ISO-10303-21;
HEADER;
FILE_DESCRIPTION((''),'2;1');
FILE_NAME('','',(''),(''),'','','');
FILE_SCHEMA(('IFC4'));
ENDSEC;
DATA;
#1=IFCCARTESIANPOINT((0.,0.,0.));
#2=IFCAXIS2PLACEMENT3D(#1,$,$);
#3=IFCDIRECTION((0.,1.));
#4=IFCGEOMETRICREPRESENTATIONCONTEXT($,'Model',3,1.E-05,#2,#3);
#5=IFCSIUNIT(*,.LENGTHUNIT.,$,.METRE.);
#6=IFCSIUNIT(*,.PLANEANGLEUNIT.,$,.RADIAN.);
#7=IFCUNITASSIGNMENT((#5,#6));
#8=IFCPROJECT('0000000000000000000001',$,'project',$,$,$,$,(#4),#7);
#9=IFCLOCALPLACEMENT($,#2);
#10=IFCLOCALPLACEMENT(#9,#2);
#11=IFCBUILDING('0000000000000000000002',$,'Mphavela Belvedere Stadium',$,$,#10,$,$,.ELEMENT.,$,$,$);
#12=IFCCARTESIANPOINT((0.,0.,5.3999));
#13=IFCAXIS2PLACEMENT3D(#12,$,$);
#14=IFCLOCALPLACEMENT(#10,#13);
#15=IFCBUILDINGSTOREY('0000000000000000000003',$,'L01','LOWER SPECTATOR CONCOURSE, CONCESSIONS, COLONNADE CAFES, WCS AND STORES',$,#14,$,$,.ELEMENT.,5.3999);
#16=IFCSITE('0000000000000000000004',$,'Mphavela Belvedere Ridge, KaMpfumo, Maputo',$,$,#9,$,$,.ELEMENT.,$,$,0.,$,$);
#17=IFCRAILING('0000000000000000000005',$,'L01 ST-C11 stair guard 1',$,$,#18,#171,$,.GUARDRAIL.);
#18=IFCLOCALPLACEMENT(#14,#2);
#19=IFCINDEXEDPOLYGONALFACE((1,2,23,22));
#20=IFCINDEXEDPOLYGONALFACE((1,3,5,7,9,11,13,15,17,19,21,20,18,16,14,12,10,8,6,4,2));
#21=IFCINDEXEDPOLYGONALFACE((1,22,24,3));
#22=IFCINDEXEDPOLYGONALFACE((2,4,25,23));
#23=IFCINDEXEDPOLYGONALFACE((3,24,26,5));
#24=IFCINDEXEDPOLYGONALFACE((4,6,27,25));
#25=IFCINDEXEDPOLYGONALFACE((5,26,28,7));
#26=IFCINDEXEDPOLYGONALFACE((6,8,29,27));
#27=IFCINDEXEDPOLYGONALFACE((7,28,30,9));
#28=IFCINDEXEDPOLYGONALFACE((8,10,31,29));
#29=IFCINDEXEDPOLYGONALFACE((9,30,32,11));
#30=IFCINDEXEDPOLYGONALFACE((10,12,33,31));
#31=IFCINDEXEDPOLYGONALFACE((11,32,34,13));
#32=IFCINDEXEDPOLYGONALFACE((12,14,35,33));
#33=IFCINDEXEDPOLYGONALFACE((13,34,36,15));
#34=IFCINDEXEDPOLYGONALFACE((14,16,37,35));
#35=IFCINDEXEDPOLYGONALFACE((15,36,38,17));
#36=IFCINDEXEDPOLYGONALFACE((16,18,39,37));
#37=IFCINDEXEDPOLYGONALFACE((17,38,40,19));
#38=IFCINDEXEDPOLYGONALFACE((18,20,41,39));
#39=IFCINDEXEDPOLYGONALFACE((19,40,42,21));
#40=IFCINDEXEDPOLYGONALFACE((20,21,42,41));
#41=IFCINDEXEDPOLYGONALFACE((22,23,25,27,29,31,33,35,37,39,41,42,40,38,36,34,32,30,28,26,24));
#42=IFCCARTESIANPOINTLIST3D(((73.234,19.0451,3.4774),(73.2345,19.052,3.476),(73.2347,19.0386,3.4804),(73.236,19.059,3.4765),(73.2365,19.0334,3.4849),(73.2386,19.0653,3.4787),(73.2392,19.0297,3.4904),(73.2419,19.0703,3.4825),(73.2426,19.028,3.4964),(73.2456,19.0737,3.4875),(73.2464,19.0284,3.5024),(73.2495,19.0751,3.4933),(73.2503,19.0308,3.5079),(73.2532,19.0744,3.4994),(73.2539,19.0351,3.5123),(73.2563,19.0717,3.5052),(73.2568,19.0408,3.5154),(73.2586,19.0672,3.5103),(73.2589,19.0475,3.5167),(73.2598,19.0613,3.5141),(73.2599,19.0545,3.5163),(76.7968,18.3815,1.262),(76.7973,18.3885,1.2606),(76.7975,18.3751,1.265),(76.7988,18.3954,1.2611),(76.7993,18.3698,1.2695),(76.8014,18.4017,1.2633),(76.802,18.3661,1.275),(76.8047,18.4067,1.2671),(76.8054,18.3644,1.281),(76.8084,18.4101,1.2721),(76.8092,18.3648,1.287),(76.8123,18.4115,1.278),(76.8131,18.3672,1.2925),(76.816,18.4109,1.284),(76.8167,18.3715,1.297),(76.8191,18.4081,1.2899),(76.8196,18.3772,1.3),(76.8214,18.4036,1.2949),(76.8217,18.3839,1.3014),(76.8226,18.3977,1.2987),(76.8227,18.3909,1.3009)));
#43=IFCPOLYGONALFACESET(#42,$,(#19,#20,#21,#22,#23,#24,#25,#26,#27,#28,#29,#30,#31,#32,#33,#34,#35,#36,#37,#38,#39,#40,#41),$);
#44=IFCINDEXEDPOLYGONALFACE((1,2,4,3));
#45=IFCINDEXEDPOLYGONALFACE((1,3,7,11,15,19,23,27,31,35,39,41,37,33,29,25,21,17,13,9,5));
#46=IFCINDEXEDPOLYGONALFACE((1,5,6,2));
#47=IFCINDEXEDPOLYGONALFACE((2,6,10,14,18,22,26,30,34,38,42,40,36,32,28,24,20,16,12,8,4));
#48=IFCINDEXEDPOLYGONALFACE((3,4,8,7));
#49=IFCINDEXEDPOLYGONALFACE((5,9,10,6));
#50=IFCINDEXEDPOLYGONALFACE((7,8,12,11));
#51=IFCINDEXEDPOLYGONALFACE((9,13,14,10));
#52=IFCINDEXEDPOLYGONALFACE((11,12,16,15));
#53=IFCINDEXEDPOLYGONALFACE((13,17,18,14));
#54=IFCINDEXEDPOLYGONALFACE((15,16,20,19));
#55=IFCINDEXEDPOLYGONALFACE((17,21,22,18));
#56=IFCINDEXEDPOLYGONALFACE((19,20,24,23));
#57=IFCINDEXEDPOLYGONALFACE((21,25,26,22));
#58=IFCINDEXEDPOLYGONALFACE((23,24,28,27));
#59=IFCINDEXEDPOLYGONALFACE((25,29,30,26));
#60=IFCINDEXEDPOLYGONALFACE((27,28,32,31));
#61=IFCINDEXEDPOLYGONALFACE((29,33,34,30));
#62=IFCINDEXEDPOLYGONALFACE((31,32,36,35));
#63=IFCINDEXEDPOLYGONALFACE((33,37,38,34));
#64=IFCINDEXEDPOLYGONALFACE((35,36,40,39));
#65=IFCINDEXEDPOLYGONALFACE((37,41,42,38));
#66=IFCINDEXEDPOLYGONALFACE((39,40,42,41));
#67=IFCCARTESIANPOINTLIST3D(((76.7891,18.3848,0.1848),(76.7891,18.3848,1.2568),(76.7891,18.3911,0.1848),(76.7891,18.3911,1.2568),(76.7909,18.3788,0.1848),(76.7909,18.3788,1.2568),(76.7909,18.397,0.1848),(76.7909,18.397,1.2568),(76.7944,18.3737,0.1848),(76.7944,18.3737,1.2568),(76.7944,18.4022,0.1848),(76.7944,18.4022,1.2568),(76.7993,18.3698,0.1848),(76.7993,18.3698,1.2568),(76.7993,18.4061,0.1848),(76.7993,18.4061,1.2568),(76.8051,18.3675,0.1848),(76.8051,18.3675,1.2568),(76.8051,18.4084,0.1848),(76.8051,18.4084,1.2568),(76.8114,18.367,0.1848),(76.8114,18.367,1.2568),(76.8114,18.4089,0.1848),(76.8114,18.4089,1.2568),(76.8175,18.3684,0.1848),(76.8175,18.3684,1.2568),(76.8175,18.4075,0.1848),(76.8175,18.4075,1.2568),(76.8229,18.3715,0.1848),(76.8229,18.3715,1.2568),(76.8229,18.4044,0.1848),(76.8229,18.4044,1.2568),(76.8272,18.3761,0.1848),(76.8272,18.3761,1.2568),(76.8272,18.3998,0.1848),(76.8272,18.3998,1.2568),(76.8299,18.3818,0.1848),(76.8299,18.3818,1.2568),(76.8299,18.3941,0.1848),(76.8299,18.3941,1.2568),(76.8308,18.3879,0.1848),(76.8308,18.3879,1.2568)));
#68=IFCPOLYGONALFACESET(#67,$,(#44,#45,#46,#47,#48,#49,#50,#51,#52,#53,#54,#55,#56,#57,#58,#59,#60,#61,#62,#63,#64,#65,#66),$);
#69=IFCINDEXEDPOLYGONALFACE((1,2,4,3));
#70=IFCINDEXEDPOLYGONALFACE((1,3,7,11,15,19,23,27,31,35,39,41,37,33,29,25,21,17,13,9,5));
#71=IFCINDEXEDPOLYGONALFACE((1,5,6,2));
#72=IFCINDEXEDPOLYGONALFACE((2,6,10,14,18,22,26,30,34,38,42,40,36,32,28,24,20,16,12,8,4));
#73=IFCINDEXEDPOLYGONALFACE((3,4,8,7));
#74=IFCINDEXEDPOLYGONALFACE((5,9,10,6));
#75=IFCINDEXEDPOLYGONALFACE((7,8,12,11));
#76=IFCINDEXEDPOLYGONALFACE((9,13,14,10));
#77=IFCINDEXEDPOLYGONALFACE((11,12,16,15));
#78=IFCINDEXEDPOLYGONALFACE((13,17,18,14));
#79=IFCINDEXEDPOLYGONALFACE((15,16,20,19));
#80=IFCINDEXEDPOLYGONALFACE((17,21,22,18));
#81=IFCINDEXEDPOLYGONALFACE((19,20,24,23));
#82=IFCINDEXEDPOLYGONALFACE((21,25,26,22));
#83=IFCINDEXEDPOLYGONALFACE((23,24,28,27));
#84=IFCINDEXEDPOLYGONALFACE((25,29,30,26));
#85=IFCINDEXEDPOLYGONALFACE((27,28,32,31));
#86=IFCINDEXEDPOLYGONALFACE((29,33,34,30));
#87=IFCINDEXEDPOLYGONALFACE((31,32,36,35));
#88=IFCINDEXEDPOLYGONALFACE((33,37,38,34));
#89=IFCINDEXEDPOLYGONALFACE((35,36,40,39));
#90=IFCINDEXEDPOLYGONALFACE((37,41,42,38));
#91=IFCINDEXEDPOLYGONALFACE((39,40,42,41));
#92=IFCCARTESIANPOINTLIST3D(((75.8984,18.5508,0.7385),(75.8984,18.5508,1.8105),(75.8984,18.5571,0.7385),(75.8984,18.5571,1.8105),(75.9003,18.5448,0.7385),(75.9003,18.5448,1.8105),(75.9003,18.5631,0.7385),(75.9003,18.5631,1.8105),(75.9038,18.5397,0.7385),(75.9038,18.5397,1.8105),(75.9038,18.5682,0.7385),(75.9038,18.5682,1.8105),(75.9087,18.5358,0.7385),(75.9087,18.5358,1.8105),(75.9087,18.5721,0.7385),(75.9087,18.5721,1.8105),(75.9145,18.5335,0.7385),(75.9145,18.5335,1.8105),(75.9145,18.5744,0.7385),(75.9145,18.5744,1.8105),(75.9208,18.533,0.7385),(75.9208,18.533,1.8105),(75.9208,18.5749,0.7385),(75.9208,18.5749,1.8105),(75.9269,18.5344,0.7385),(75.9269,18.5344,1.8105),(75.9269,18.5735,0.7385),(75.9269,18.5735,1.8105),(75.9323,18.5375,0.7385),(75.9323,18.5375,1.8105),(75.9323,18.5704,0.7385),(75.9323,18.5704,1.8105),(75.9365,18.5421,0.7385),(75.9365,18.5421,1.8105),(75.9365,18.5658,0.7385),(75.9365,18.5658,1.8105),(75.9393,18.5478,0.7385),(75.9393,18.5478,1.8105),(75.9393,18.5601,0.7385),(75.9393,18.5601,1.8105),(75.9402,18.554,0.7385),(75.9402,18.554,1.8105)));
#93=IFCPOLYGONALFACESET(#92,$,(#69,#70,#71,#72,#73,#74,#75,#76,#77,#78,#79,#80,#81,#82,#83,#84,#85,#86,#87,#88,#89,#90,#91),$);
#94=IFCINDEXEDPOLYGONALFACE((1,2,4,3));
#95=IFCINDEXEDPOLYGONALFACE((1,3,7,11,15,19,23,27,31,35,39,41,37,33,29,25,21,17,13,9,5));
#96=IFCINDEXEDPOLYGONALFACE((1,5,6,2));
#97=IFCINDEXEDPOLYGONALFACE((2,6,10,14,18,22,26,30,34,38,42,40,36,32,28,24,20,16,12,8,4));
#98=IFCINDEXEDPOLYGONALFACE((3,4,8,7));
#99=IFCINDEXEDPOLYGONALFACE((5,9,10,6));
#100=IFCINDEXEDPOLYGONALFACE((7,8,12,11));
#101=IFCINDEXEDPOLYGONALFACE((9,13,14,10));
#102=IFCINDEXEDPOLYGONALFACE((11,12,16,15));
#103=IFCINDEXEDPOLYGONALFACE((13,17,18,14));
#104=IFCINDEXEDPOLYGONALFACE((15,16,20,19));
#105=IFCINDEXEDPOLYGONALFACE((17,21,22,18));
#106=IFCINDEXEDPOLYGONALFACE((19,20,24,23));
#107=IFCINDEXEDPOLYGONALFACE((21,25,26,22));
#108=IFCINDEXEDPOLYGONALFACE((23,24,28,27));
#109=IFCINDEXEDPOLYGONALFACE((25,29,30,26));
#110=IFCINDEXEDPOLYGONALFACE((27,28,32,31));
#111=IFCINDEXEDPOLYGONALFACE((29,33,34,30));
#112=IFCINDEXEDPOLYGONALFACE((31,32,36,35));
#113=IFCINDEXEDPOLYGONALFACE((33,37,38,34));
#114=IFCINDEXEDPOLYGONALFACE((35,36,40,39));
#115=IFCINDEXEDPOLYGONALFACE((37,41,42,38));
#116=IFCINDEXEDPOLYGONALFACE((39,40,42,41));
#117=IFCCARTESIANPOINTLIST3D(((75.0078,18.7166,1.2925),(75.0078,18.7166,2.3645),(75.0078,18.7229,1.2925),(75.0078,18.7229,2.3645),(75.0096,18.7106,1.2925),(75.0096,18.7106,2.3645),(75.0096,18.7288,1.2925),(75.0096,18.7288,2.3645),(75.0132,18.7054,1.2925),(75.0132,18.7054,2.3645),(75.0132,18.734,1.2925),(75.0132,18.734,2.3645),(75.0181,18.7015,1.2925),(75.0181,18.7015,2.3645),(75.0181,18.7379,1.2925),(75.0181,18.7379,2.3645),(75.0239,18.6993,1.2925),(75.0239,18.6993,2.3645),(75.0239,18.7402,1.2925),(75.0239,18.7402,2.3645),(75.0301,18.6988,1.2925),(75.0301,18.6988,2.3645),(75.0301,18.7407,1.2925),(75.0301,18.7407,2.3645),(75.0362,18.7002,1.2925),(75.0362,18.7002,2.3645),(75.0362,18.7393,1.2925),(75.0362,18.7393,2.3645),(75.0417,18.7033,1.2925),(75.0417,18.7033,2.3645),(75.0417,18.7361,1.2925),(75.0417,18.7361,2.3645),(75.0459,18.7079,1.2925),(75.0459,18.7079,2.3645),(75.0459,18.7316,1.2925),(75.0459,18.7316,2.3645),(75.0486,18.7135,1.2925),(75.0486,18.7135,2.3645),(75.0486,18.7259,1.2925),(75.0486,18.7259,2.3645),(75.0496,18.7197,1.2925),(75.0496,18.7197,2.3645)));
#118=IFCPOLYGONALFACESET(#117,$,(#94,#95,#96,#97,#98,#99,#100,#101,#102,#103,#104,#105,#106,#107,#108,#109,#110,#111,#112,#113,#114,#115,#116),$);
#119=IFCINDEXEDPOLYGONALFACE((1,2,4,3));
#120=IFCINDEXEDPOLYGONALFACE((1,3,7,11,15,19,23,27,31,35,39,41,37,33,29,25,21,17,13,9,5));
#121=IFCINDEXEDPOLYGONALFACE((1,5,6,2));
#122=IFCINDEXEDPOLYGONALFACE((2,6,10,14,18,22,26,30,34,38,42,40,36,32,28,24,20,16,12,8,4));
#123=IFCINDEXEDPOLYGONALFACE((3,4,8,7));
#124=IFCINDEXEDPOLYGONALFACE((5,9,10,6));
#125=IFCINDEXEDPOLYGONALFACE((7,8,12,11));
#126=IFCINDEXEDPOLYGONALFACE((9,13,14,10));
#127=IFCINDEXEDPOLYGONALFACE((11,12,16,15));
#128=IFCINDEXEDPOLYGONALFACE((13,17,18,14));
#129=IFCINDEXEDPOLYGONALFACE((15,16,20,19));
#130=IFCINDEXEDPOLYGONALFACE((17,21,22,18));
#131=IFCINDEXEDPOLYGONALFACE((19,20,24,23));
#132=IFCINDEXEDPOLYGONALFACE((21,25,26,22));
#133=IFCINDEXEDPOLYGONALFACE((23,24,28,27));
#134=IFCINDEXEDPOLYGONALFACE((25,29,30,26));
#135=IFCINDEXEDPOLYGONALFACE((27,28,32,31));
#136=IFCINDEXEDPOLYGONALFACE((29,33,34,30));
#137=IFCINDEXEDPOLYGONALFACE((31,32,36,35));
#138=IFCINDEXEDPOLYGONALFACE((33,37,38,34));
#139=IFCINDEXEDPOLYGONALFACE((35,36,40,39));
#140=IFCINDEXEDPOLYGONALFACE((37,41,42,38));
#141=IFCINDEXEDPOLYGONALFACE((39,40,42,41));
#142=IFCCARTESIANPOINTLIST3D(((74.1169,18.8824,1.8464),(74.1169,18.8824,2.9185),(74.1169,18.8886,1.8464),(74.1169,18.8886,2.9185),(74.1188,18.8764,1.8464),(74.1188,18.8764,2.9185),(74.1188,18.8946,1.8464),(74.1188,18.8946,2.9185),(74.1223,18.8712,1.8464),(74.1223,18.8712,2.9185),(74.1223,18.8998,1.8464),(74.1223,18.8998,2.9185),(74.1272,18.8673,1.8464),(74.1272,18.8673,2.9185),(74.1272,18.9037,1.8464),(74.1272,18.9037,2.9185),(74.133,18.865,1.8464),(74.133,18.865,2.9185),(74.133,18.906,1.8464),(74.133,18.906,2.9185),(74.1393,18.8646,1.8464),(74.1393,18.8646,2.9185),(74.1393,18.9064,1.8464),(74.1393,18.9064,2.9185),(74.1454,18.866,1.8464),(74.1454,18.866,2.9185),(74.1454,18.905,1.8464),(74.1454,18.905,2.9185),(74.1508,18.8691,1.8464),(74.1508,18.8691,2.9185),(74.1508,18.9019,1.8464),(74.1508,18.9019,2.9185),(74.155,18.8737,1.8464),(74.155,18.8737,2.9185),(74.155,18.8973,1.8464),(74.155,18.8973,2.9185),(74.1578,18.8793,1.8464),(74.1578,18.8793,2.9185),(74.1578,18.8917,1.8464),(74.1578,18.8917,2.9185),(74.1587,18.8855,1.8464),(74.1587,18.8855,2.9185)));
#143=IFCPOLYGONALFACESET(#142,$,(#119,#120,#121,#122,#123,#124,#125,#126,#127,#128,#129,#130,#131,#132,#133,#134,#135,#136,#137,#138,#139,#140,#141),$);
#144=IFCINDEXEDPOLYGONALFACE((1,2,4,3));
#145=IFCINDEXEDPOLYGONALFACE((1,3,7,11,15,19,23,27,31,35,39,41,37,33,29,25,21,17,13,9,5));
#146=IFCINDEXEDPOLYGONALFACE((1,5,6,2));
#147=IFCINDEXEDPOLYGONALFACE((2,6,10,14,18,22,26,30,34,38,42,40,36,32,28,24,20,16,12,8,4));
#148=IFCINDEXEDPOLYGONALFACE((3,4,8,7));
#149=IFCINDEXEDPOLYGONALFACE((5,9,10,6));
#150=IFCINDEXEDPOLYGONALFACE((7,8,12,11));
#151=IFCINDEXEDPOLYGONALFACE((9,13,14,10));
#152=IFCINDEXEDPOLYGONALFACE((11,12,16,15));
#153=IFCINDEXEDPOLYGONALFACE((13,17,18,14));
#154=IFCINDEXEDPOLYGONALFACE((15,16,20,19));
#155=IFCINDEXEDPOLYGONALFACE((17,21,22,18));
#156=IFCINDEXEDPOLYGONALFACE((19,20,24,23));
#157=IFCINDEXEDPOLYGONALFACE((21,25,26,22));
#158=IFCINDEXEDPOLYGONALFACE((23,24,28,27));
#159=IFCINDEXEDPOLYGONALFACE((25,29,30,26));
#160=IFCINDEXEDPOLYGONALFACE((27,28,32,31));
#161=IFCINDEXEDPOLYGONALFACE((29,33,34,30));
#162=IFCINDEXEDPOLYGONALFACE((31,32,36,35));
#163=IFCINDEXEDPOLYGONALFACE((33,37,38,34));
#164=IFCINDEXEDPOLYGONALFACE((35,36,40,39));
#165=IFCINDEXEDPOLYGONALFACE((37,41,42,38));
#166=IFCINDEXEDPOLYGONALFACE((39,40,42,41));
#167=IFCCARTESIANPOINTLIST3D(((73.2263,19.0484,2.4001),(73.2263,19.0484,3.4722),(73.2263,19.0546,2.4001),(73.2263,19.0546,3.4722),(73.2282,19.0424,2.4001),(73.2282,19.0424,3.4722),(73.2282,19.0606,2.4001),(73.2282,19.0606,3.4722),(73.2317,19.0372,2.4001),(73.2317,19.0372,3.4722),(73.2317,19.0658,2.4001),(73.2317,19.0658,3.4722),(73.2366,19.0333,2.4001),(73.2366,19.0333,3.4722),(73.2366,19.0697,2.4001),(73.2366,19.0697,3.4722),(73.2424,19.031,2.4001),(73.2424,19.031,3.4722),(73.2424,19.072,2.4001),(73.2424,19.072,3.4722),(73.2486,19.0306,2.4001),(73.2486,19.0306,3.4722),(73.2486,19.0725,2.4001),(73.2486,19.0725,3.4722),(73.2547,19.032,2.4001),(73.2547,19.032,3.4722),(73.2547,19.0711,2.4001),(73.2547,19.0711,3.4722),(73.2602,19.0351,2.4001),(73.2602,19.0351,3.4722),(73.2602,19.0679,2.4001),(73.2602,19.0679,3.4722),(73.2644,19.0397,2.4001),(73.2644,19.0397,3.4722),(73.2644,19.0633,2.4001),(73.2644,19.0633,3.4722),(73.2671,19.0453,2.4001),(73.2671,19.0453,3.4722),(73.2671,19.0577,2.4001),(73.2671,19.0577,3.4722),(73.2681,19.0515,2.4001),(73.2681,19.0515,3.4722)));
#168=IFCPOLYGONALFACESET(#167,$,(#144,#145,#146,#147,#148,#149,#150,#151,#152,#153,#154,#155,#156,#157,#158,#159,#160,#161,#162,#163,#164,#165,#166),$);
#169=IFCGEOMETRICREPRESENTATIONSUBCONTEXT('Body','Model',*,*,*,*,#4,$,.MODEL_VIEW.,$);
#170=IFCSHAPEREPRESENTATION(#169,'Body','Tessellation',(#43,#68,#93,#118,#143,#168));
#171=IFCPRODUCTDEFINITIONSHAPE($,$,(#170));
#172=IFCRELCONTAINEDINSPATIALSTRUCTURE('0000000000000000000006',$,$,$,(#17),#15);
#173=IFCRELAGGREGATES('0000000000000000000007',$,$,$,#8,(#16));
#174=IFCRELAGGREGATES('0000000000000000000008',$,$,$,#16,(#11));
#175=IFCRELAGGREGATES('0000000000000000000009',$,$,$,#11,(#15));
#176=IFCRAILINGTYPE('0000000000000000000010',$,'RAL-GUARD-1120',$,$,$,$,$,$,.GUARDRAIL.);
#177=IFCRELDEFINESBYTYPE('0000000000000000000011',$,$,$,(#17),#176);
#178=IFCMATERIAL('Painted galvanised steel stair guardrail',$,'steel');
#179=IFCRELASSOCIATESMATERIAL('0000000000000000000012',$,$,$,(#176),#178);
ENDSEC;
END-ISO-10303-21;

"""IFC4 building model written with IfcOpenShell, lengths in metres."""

from ifc_helpers import new_model, si_unit, direction, frame, origin, origin_2d, place, context, subcontext, project, spatial, circle, extrude, material, type_object, element, save


model = new_model("IFC4")

# Units and contexts
model_context = context("Model", 3, precision=1e-05, world=origin(), true_north=direction((0.0, 1.0)))
body_context = subcontext(model_context, "Body", "Model", "MODEL_VIEW")
ifc_project = project(units=[si_unit("LENGTHUNIT", "METRE"), si_unit("PLANEANGLEUNIT", "RADIAN")], contexts=[model_context])

# Site, building, storey
site_placement = place(None, origin())
site = spatial("IfcSite", under=ifc_project, at=site_placement, Name="Mphavela Belvedere Ridge, KaMpfumo, Maputo", CompositionType="ELEMENT", RefElevation=0.0)
building_placement = place(site_placement, origin())
building = spatial("IfcBuilding", under=site, at=building_placement, Name="Mphavela Belvedere Stadium", CompositionType="ELEMENT")
storey_placement = place(building_placement, frame((0.0, 0.0, 5.3999)))
storey = spatial("IfcBuildingStorey", under=building, at=storey_placement, Name="L01", Description="LOWER SPECTATOR CONCOURSE, CONCESSIONS, COLONNADE CAFES, WCS AND STORES", CompositionType="ELEMENT", Elevation=5.3999)

# Railing
ifc_material_1 = material(Name="Painted galvanised steel stair guardrail", Category="steel")
railing_type_1 = type_object("IfcRailingType", Name="RAL-GUARD-1120", PredefinedType="GUARDRAIL", material=ifc_material_1)
railing_1_placement = place(storey_placement, frame((76.8098, 18.3879, 0.1848)))
element("IfcRailing", 1, at=railing_1_placement, inside=storey, type_object=railing_type_1, Name="L01 ST-C11 stair guard 1", PredefinedType="GUARDRAIL", context=body_context, shape_type="SweptSolid", body=[
    extrude(circle(Radius=0.0239, at=origin_2d()), frame((0.0, 0.0, 1.0962), z_axis=(-0.838788, 0.156227, 0.521563), x_axis=(-0.183105, -0.983093, 0.0)), (0.0, 0.0, 1.0), 4.2476),
    extrude(circle(Radius=0.021, at=origin_2d()), origin(), (0.0, 0.0, 1.0), 1.072),
    extrude(circle(Radius=0.021, at=origin_2d()), frame((-0.8906, 0.166, 0.5537)), (0.0, 0.0, 1.0), 1.072),
    extrude(circle(Radius=0.021, at=origin_2d()), frame((-1.7812, 0.3318, 1.1077)), (0.0, 0.0, 1.0), 1.072),
    extrude(circle(Radius=0.021, at=origin_2d()), frame((-2.6721, 0.4976, 1.6616)), (0.0, 0.0, 1.0), 1.072),
    extrude(circle(Radius=0.021, at=origin_2d()), frame((-3.5627, 0.6636, 2.2153)), (0.0, 0.0, 1.0), 1.072),
])

save(model, "model.ifc")
